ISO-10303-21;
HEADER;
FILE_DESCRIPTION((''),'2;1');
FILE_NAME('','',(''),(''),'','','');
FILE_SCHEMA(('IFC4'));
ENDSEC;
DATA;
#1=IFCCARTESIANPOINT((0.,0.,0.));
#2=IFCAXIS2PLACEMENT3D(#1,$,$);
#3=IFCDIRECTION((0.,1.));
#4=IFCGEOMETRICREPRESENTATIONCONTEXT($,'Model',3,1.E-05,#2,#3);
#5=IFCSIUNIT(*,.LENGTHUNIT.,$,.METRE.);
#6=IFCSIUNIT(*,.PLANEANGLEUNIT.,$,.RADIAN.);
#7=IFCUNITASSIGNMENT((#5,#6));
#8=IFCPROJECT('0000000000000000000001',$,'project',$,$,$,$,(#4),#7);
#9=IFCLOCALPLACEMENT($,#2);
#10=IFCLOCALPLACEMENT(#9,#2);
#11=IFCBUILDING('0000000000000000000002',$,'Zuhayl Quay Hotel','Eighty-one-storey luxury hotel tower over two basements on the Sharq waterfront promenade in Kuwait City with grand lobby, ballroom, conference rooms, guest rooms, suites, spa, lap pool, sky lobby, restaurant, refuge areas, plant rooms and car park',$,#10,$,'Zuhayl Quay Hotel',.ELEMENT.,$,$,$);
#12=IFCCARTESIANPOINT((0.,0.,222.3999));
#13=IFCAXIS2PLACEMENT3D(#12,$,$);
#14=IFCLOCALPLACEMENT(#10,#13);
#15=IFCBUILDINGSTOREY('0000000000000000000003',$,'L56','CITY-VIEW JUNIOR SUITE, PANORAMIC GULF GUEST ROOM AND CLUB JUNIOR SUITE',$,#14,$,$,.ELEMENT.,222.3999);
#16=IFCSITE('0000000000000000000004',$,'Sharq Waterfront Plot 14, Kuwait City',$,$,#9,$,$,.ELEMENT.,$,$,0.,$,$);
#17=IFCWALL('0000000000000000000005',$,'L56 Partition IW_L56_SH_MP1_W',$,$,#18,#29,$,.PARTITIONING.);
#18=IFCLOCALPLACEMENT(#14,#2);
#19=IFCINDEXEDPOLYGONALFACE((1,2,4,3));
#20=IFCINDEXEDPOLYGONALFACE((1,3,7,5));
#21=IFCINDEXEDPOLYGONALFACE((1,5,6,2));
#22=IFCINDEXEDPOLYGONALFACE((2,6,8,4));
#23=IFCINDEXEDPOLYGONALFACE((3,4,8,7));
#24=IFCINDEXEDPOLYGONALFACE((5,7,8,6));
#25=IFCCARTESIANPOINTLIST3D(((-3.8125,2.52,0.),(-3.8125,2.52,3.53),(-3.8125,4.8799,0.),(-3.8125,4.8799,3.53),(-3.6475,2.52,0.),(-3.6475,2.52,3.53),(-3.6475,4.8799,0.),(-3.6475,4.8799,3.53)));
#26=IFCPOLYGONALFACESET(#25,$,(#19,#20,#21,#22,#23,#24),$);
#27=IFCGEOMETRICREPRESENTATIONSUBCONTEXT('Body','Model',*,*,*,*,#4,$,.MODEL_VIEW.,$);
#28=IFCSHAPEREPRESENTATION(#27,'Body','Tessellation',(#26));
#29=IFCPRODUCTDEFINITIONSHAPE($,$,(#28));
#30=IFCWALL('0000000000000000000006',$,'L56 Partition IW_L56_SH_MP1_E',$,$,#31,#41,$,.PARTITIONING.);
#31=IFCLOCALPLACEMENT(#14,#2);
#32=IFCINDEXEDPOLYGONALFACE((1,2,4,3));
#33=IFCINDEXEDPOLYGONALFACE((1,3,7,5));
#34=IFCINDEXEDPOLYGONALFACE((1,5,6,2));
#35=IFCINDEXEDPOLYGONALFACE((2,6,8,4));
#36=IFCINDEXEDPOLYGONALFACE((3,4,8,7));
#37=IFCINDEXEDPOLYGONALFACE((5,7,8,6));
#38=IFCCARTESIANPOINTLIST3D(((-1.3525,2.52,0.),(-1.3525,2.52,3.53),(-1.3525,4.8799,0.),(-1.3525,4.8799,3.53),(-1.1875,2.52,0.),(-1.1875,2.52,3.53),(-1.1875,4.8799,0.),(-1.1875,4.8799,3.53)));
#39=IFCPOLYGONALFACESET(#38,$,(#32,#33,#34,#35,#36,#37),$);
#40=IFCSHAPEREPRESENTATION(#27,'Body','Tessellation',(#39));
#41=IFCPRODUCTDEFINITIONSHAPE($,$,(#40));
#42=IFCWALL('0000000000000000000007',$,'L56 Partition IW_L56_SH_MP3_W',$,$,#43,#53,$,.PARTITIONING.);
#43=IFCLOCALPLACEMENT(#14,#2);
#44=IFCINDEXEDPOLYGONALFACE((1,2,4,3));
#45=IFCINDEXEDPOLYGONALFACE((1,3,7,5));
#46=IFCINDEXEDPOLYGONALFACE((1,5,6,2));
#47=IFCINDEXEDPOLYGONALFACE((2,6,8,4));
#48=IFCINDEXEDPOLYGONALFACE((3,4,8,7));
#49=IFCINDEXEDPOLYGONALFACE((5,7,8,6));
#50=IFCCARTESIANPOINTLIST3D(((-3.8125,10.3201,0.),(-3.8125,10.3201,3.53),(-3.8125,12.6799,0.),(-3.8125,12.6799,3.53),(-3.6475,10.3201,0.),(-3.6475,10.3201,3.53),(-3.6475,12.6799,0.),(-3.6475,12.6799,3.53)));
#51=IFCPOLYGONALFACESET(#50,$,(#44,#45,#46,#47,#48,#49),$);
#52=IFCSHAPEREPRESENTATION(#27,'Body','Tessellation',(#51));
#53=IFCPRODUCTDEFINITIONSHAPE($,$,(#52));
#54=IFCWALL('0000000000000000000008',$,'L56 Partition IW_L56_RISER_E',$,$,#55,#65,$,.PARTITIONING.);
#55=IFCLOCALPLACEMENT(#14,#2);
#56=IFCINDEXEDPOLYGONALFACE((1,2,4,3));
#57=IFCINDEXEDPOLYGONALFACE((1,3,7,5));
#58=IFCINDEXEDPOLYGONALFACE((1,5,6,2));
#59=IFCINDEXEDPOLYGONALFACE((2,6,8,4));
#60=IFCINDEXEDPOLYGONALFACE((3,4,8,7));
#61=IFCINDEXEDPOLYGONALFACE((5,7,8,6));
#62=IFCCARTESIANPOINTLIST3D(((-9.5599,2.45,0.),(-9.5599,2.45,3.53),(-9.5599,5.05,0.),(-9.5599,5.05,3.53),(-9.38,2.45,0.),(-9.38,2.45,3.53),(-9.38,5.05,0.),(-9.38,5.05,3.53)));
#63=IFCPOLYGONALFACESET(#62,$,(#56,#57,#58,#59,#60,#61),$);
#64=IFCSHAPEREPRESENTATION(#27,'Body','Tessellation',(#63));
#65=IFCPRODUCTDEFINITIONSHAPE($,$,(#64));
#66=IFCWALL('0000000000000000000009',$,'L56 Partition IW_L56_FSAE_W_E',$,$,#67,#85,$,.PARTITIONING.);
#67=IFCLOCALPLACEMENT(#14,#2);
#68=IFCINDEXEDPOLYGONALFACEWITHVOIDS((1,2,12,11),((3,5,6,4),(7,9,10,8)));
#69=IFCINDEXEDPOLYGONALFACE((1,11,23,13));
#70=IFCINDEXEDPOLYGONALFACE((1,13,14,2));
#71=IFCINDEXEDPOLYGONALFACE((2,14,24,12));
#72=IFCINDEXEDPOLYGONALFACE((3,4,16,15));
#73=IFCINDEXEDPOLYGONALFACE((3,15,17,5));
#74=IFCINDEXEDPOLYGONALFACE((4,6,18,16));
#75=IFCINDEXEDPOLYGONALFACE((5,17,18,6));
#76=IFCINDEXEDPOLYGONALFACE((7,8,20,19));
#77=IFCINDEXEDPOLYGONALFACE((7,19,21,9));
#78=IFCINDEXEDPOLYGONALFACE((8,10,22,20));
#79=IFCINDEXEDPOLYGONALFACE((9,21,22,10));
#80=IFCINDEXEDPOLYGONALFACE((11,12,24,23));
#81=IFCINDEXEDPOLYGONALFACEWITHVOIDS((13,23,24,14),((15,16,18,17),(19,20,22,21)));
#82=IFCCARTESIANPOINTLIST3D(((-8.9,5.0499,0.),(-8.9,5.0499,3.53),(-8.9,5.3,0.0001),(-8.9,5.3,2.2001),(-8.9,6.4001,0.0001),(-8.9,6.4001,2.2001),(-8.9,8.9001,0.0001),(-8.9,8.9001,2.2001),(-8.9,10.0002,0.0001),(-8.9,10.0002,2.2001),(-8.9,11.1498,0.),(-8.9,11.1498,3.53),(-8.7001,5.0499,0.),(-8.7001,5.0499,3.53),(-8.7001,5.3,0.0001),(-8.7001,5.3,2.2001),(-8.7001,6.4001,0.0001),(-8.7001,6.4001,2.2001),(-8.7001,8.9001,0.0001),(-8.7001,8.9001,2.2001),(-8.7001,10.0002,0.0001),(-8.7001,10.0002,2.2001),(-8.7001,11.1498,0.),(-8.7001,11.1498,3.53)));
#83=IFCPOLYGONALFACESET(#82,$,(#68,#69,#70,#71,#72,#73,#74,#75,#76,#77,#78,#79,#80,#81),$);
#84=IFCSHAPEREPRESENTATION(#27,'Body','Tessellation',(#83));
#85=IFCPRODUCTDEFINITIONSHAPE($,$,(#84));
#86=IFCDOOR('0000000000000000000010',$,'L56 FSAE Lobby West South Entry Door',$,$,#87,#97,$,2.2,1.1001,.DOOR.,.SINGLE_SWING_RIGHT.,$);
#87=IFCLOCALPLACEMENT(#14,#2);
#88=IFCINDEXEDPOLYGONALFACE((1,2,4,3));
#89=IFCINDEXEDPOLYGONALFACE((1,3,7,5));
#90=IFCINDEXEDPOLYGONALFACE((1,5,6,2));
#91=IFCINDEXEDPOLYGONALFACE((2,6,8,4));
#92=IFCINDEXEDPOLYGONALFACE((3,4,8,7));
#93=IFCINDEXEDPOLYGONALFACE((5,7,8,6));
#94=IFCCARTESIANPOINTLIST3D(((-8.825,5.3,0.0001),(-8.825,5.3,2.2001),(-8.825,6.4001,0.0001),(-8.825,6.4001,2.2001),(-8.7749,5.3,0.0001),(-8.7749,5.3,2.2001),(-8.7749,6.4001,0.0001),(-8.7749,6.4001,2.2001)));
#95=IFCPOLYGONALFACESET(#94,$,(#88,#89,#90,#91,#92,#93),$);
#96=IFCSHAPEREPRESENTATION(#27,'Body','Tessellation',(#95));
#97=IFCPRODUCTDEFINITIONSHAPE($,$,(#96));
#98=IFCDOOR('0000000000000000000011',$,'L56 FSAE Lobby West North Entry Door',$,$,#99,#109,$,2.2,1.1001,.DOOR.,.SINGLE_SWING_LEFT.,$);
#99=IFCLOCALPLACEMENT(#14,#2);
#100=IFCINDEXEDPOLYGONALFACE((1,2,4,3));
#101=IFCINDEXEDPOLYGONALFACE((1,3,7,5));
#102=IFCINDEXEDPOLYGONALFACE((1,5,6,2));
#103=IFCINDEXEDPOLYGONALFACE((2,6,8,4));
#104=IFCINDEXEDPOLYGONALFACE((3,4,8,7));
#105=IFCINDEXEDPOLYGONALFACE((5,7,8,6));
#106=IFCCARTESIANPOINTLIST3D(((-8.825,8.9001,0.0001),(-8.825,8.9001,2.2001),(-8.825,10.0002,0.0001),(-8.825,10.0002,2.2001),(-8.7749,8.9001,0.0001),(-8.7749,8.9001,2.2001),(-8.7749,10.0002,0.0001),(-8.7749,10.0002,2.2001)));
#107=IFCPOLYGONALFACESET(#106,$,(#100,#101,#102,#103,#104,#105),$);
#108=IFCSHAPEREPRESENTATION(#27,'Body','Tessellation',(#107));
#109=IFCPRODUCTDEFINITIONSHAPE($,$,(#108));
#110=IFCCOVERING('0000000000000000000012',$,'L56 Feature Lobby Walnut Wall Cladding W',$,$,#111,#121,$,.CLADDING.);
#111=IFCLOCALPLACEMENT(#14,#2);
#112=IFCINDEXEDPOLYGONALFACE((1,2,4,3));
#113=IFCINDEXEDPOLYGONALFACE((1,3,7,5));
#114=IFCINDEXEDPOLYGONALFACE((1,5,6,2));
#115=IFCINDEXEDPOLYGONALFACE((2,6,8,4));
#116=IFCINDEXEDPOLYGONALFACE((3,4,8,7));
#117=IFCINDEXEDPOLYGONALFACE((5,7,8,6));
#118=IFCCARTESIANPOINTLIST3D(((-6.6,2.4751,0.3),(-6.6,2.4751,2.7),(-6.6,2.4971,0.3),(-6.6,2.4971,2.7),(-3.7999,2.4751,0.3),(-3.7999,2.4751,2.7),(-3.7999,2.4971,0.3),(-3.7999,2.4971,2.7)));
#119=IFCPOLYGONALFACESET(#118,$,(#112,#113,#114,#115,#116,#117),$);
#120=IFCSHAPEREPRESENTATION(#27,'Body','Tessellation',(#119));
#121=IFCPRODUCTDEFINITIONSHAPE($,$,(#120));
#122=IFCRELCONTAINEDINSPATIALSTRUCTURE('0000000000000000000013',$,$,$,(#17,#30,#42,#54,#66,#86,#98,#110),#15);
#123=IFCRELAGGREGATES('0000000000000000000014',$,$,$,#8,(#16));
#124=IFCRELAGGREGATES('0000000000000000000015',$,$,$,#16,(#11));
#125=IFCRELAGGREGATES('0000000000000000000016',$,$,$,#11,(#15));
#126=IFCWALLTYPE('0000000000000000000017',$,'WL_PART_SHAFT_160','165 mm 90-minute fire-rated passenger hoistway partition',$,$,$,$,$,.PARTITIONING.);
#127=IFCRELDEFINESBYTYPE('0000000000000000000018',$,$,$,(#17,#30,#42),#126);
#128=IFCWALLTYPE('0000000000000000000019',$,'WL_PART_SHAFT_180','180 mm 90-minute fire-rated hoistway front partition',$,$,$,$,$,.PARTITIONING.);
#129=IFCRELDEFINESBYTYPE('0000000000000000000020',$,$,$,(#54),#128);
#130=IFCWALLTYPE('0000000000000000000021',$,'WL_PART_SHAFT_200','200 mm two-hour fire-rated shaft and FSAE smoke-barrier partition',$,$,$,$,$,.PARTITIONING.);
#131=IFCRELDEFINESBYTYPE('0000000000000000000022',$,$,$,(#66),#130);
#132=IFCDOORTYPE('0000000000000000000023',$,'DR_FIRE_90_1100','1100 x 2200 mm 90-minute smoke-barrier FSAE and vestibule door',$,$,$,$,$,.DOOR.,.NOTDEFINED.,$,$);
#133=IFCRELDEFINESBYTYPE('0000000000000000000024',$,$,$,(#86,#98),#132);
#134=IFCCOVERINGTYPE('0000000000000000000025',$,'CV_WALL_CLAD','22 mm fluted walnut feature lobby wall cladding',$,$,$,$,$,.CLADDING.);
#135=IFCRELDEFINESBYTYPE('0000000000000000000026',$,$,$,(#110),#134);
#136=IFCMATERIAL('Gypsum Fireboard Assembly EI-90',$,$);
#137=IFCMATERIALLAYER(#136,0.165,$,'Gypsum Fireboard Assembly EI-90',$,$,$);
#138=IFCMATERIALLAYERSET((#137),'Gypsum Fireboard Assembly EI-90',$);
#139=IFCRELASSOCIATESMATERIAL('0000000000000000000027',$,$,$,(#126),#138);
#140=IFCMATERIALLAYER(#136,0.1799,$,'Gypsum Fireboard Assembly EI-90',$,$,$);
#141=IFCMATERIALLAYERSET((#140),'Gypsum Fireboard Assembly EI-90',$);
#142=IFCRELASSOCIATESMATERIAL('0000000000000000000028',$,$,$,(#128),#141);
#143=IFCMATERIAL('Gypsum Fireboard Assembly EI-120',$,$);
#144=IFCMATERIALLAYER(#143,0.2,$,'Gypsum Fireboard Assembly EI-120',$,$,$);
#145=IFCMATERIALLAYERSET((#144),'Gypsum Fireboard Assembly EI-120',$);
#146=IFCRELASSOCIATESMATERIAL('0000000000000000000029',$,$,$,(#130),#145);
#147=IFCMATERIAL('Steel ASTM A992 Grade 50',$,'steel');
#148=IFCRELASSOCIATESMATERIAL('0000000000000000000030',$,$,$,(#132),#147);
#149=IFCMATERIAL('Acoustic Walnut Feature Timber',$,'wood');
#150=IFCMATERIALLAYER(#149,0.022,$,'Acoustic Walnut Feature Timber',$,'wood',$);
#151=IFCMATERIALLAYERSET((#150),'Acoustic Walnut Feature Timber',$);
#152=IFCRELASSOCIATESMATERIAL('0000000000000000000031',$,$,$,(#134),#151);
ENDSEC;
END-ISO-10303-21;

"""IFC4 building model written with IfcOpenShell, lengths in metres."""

from ifc_helpers import new_model, si_unit, direction, frame, frame_2d, origin, origin_2d, place, context, subcontext, project, spatial, rectangle, extrude, material, layer, layer_set, type_object, element, fill, save


model = new_model("IFC4")

# Units and contexts
model_context = context("Model", 3, precision=1e-05, world=origin(), true_north=direction((0.0, 1.0)))
body_context = subcontext(model_context, "Body", "Model", "MODEL_VIEW")
ifc_project = project(units=[si_unit("LENGTHUNIT", "METRE"), si_unit("PLANEANGLEUNIT", "RADIAN")], contexts=[model_context])

# Site, building, storey
site_placement = place(None, origin())
site = spatial("IfcSite", under=ifc_project, at=site_placement, Name="Sharq Waterfront Plot 14, Kuwait City", CompositionType="ELEMENT", RefElevation=0.0)
building_placement = place(site_placement, origin())
building = spatial("IfcBuilding", under=site, at=building_placement, Name="Zuhayl Quay Hotel", Description="Eighty-one-storey luxury hotel tower over two basements on the Sharq waterfront promenade in Kuwait City with grand lobby, ballroom, conference rooms, guest rooms, suites, spa, lap pool, sky lobby, restaurant, refuge areas, plant rooms and car park", LongName="Zuhayl Quay Hotel", CompositionType="ELEMENT")
storey_placement = place(building_placement, frame((0.0, 0.0, 222.3999)))
storey = spatial("IfcBuildingStorey", under=building, at=storey_placement, Name="L56", Description="CITY-VIEW JUNIOR SUITE, PANORAMIC GULF GUEST ROOM AND CLUB JUNIOR SUITE", CompositionType="ELEMENT", Elevation=222.3999)

# Shared definitions
ifc_material_1 = material(Name="Steel ASTM A992 Grade 50", Category="steel")

# Shared definitions
ifc_material_2 = material(Name="Gypsum Fireboard Assembly EI-90")
ifc_layer_1 = layer(ifc_material_2, 0.165, Name="Gypsum Fireboard Assembly EI-90")
ifc_layer_set_1 = layer_set([ifc_layer_1], Name="Gypsum Fireboard Assembly EI-90")
wall_type_1 = type_object("IfcWallType", Name="WL_PART_SHAFT_160", Description="165 mm 90-minute fire-rated passenger hoistway partition", PredefinedType="PARTITIONING", material=ifc_layer_set_1)

# Walls
for number, where, z_axis, x_axis, name in (
    (1, (-3.73, 2.52, 0.0), (0.0, 0.0, 1.0), (0.0, 1.0, 0.0), "L56 Partition IW_L56_SH_MP1_W"),
    (2, (-1.27, 2.52, 0.0), (0.0, 0.0, 1.0), (0.0, 1.0, 0.0), "L56 Partition IW_L56_SH_MP1_E"),
    (3, (-3.73, 10.3201, 0.0), (0.0, 0.0, 1.0), (0.0, 1.0, 0.0), "L56 Partition IW_L56_SH_MP3_W"),
):
    element("IfcWall", number, at=place(storey_placement, frame(where, z_axis=z_axis, x_axis=x_axis)), inside=storey, type_object=wall_type_1, Name=name, PredefinedType="PARTITIONING", context=body_context, shape_type="SweptSolid", body=[
        extrude(rectangle(XDim=2.3599, YDim=0.165, at=frame_2d((1.1799, 0.0))), origin(), (0.0, 0.0, 1.0), 3.53),
    ])
ifc_layer_2 = layer(ifc_material_2, 0.1799, Name="Gypsum Fireboard Assembly EI-90")
ifc_layer_set_2 = layer_set([ifc_layer_2], Name="Gypsum Fireboard Assembly EI-90")
wall_type_2 = type_object("IfcWallType", Name="WL_PART_SHAFT_180", Description="180 mm 90-minute fire-rated hoistway front partition", PredefinedType="PARTITIONING", material=ifc_layer_set_2)
wall_1_placement = place(storey_placement, frame((-9.47, 2.45, 0.0), z_axis=(0.0, 0.0, 1.0), x_axis=(0.0, 1.0, 0.0)))
element("IfcWall", 4, at=wall_1_placement, inside=storey, type_object=wall_type_2, Name="L56 Partition IW_L56_RISER_E", PredefinedType="PARTITIONING", context=body_context, shape_type="SweptSolid", body=[
    extrude(rectangle(XDim=2.6001, YDim=0.1799, at=frame_2d((1.3, 0.0))), origin(), (0.0, 0.0, 1.0), 3.53),
])

# Wall, openings, doors
ifc_material_3 = material(Name="Gypsum Fireboard Assembly EI-120")
ifc_layer_3 = layer(ifc_material_3, 0.2, Name="Gypsum Fireboard Assembly EI-120")
ifc_layer_set_3 = layer_set([ifc_layer_3], Name="Gypsum Fireboard Assembly EI-120")
wall_type_3 = type_object("IfcWallType", Name="WL_PART_SHAFT_200", Description="200 mm two-hour fire-rated shaft and FSAE smoke-barrier partition", PredefinedType="PARTITIONING", material=ifc_layer_set_3)
wall_2_placement = place(storey_placement, frame((-8.8, 5.05, 0.0), z_axis=(0.0, 0.0, 1.0), x_axis=(0.0, 1.0, 0.0)))
wall_2 = element("IfcWall", 5, at=wall_2_placement, inside=storey, type_object=wall_type_3, Name="L56 Partition IW_L56_FSAE_W_E", PredefinedType="PARTITIONING", context=body_context, shape_type="SweptSolid", body=[
    extrude(rectangle(XDim=6.0999, YDim=0.2, at=frame_2d((3.0498, 0.0))), origin(), (0.0, 0.0, 1.0), 3.53),
])
opening_1_placement = place(wall_2_placement, frame((0.25, 0.0, 0.0)))
opening_1 = element("IfcOpeningElement", 6, at=opening_1_placement, cuts=wall_2, PredefinedType="OPENING", context=body_context, shape_type="SweptSolid", body=[
    extrude(rectangle(XDim=1.1001, YDim=2.2, at=frame_2d((0.55, 1.1001))), frame((0.0, 0.1099, 0.0), z_axis=(0.0, -1.0, 0.0), x_axis=(1.0, 0.0, 0.0)), (0.0, 0.0, 1.0), 0.22),
])
opening_2_placement = place(wall_2_placement, frame((3.8501, 0.0, 0.0)))
opening_2 = element("IfcOpeningElement", 7, at=opening_2_placement, cuts=wall_2, PredefinedType="OPENING", context=body_context, shape_type="SweptSolid", body=[
    extrude(rectangle(XDim=1.1001, YDim=2.2, at=frame_2d((0.55, 1.1001))), frame((0.0, 0.1099, 0.0), z_axis=(0.0, -1.0, 0.0), x_axis=(1.0, 0.0, 0.0)), (0.0, 0.0, 1.0), 0.22),
])
door_type_1 = type_object("IfcDoorType", Name="DR_FIRE_90_1100", Description="1100 x 2200 mm 90-minute smoke-barrier FSAE and vestibule door", OperationType="NOTDEFINED", PredefinedType="DOOR", material=ifc_material_1)
door_1_placement = place(opening_1_placement, origin())
door_1 = element("IfcDoor", 8, at=door_1_placement, inside=storey, type_object=door_type_1, Name="L56 FSAE Lobby West South Entry Door", OperationType="SINGLE_SWING_RIGHT", OverallHeight=2.2, OverallWidth=1.1001, PredefinedType="DOOR", context=body_context, shape_type="SweptSolid", body=[
    extrude(rectangle(XDim=1.1001, YDim=2.2, at=frame_2d((0.55, 1.1001))), frame((0.0, 0.0249, 0.0), z_axis=(0.0, -1.0, 0.0), x_axis=(1.0, 0.0, 0.0)), (0.0, 0.0, 1.0), 0.05),
])
fill(opening_1, door_1)
door_2_placement = place(opening_2_placement, origin())
door_2 = element("IfcDoor", 9, at=door_2_placement, inside=storey, type_object=door_type_1, Name="L56 FSAE Lobby West North Entry Door", OperationType="SINGLE_SWING_LEFT", OverallHeight=2.2, OverallWidth=1.1001, PredefinedType="DOOR", context=body_context, shape_type="SweptSolid", body=[
    extrude(rectangle(XDim=1.1001, YDim=2.2, at=frame_2d((0.55, 1.1001))), frame((0.0, 0.0249, 0.0), z_axis=(0.0, -1.0, 0.0), x_axis=(1.0, 0.0, 0.0)), (0.0, 0.0, 1.0), 0.05),
])
fill(opening_2, door_2)

# Covering
ifc_material_4 = material(Name="Acoustic Walnut Feature Timber", Category="wood")
ifc_layer_4 = layer(ifc_material_4, 0.022, Name="Acoustic Walnut Feature Timber", Category="wood")
ifc_layer_set_4 = layer_set([ifc_layer_4], Name="Acoustic Walnut Feature Timber")
covering_type = type_object("IfcCoveringType", Name="CV_WALL_CLAD", Description="22 mm fluted walnut feature lobby wall cladding", PredefinedType="CLADDING", material=ifc_layer_set_4)
covering_placement = place(storey_placement, frame((-5.2, 2.4861, 0.3), z_axis=(0.0, 0.0, 1.0), x_axis=(1.0, 0.0, 0.0)))
element("IfcCovering", 10, at=covering_placement, inside=storey, type_object=covering_type, Name="L56 Feature Lobby Walnut Wall Cladding W", PredefinedType="CLADDING", context=body_context, shape_type="SweptSolid", body=[
    extrude(rectangle(XDim=2.8, YDim=0.022, at=origin_2d()), origin(), (0.0, 0.0, 1.0), 2.3999),
])

save(model, "model.ifc")
